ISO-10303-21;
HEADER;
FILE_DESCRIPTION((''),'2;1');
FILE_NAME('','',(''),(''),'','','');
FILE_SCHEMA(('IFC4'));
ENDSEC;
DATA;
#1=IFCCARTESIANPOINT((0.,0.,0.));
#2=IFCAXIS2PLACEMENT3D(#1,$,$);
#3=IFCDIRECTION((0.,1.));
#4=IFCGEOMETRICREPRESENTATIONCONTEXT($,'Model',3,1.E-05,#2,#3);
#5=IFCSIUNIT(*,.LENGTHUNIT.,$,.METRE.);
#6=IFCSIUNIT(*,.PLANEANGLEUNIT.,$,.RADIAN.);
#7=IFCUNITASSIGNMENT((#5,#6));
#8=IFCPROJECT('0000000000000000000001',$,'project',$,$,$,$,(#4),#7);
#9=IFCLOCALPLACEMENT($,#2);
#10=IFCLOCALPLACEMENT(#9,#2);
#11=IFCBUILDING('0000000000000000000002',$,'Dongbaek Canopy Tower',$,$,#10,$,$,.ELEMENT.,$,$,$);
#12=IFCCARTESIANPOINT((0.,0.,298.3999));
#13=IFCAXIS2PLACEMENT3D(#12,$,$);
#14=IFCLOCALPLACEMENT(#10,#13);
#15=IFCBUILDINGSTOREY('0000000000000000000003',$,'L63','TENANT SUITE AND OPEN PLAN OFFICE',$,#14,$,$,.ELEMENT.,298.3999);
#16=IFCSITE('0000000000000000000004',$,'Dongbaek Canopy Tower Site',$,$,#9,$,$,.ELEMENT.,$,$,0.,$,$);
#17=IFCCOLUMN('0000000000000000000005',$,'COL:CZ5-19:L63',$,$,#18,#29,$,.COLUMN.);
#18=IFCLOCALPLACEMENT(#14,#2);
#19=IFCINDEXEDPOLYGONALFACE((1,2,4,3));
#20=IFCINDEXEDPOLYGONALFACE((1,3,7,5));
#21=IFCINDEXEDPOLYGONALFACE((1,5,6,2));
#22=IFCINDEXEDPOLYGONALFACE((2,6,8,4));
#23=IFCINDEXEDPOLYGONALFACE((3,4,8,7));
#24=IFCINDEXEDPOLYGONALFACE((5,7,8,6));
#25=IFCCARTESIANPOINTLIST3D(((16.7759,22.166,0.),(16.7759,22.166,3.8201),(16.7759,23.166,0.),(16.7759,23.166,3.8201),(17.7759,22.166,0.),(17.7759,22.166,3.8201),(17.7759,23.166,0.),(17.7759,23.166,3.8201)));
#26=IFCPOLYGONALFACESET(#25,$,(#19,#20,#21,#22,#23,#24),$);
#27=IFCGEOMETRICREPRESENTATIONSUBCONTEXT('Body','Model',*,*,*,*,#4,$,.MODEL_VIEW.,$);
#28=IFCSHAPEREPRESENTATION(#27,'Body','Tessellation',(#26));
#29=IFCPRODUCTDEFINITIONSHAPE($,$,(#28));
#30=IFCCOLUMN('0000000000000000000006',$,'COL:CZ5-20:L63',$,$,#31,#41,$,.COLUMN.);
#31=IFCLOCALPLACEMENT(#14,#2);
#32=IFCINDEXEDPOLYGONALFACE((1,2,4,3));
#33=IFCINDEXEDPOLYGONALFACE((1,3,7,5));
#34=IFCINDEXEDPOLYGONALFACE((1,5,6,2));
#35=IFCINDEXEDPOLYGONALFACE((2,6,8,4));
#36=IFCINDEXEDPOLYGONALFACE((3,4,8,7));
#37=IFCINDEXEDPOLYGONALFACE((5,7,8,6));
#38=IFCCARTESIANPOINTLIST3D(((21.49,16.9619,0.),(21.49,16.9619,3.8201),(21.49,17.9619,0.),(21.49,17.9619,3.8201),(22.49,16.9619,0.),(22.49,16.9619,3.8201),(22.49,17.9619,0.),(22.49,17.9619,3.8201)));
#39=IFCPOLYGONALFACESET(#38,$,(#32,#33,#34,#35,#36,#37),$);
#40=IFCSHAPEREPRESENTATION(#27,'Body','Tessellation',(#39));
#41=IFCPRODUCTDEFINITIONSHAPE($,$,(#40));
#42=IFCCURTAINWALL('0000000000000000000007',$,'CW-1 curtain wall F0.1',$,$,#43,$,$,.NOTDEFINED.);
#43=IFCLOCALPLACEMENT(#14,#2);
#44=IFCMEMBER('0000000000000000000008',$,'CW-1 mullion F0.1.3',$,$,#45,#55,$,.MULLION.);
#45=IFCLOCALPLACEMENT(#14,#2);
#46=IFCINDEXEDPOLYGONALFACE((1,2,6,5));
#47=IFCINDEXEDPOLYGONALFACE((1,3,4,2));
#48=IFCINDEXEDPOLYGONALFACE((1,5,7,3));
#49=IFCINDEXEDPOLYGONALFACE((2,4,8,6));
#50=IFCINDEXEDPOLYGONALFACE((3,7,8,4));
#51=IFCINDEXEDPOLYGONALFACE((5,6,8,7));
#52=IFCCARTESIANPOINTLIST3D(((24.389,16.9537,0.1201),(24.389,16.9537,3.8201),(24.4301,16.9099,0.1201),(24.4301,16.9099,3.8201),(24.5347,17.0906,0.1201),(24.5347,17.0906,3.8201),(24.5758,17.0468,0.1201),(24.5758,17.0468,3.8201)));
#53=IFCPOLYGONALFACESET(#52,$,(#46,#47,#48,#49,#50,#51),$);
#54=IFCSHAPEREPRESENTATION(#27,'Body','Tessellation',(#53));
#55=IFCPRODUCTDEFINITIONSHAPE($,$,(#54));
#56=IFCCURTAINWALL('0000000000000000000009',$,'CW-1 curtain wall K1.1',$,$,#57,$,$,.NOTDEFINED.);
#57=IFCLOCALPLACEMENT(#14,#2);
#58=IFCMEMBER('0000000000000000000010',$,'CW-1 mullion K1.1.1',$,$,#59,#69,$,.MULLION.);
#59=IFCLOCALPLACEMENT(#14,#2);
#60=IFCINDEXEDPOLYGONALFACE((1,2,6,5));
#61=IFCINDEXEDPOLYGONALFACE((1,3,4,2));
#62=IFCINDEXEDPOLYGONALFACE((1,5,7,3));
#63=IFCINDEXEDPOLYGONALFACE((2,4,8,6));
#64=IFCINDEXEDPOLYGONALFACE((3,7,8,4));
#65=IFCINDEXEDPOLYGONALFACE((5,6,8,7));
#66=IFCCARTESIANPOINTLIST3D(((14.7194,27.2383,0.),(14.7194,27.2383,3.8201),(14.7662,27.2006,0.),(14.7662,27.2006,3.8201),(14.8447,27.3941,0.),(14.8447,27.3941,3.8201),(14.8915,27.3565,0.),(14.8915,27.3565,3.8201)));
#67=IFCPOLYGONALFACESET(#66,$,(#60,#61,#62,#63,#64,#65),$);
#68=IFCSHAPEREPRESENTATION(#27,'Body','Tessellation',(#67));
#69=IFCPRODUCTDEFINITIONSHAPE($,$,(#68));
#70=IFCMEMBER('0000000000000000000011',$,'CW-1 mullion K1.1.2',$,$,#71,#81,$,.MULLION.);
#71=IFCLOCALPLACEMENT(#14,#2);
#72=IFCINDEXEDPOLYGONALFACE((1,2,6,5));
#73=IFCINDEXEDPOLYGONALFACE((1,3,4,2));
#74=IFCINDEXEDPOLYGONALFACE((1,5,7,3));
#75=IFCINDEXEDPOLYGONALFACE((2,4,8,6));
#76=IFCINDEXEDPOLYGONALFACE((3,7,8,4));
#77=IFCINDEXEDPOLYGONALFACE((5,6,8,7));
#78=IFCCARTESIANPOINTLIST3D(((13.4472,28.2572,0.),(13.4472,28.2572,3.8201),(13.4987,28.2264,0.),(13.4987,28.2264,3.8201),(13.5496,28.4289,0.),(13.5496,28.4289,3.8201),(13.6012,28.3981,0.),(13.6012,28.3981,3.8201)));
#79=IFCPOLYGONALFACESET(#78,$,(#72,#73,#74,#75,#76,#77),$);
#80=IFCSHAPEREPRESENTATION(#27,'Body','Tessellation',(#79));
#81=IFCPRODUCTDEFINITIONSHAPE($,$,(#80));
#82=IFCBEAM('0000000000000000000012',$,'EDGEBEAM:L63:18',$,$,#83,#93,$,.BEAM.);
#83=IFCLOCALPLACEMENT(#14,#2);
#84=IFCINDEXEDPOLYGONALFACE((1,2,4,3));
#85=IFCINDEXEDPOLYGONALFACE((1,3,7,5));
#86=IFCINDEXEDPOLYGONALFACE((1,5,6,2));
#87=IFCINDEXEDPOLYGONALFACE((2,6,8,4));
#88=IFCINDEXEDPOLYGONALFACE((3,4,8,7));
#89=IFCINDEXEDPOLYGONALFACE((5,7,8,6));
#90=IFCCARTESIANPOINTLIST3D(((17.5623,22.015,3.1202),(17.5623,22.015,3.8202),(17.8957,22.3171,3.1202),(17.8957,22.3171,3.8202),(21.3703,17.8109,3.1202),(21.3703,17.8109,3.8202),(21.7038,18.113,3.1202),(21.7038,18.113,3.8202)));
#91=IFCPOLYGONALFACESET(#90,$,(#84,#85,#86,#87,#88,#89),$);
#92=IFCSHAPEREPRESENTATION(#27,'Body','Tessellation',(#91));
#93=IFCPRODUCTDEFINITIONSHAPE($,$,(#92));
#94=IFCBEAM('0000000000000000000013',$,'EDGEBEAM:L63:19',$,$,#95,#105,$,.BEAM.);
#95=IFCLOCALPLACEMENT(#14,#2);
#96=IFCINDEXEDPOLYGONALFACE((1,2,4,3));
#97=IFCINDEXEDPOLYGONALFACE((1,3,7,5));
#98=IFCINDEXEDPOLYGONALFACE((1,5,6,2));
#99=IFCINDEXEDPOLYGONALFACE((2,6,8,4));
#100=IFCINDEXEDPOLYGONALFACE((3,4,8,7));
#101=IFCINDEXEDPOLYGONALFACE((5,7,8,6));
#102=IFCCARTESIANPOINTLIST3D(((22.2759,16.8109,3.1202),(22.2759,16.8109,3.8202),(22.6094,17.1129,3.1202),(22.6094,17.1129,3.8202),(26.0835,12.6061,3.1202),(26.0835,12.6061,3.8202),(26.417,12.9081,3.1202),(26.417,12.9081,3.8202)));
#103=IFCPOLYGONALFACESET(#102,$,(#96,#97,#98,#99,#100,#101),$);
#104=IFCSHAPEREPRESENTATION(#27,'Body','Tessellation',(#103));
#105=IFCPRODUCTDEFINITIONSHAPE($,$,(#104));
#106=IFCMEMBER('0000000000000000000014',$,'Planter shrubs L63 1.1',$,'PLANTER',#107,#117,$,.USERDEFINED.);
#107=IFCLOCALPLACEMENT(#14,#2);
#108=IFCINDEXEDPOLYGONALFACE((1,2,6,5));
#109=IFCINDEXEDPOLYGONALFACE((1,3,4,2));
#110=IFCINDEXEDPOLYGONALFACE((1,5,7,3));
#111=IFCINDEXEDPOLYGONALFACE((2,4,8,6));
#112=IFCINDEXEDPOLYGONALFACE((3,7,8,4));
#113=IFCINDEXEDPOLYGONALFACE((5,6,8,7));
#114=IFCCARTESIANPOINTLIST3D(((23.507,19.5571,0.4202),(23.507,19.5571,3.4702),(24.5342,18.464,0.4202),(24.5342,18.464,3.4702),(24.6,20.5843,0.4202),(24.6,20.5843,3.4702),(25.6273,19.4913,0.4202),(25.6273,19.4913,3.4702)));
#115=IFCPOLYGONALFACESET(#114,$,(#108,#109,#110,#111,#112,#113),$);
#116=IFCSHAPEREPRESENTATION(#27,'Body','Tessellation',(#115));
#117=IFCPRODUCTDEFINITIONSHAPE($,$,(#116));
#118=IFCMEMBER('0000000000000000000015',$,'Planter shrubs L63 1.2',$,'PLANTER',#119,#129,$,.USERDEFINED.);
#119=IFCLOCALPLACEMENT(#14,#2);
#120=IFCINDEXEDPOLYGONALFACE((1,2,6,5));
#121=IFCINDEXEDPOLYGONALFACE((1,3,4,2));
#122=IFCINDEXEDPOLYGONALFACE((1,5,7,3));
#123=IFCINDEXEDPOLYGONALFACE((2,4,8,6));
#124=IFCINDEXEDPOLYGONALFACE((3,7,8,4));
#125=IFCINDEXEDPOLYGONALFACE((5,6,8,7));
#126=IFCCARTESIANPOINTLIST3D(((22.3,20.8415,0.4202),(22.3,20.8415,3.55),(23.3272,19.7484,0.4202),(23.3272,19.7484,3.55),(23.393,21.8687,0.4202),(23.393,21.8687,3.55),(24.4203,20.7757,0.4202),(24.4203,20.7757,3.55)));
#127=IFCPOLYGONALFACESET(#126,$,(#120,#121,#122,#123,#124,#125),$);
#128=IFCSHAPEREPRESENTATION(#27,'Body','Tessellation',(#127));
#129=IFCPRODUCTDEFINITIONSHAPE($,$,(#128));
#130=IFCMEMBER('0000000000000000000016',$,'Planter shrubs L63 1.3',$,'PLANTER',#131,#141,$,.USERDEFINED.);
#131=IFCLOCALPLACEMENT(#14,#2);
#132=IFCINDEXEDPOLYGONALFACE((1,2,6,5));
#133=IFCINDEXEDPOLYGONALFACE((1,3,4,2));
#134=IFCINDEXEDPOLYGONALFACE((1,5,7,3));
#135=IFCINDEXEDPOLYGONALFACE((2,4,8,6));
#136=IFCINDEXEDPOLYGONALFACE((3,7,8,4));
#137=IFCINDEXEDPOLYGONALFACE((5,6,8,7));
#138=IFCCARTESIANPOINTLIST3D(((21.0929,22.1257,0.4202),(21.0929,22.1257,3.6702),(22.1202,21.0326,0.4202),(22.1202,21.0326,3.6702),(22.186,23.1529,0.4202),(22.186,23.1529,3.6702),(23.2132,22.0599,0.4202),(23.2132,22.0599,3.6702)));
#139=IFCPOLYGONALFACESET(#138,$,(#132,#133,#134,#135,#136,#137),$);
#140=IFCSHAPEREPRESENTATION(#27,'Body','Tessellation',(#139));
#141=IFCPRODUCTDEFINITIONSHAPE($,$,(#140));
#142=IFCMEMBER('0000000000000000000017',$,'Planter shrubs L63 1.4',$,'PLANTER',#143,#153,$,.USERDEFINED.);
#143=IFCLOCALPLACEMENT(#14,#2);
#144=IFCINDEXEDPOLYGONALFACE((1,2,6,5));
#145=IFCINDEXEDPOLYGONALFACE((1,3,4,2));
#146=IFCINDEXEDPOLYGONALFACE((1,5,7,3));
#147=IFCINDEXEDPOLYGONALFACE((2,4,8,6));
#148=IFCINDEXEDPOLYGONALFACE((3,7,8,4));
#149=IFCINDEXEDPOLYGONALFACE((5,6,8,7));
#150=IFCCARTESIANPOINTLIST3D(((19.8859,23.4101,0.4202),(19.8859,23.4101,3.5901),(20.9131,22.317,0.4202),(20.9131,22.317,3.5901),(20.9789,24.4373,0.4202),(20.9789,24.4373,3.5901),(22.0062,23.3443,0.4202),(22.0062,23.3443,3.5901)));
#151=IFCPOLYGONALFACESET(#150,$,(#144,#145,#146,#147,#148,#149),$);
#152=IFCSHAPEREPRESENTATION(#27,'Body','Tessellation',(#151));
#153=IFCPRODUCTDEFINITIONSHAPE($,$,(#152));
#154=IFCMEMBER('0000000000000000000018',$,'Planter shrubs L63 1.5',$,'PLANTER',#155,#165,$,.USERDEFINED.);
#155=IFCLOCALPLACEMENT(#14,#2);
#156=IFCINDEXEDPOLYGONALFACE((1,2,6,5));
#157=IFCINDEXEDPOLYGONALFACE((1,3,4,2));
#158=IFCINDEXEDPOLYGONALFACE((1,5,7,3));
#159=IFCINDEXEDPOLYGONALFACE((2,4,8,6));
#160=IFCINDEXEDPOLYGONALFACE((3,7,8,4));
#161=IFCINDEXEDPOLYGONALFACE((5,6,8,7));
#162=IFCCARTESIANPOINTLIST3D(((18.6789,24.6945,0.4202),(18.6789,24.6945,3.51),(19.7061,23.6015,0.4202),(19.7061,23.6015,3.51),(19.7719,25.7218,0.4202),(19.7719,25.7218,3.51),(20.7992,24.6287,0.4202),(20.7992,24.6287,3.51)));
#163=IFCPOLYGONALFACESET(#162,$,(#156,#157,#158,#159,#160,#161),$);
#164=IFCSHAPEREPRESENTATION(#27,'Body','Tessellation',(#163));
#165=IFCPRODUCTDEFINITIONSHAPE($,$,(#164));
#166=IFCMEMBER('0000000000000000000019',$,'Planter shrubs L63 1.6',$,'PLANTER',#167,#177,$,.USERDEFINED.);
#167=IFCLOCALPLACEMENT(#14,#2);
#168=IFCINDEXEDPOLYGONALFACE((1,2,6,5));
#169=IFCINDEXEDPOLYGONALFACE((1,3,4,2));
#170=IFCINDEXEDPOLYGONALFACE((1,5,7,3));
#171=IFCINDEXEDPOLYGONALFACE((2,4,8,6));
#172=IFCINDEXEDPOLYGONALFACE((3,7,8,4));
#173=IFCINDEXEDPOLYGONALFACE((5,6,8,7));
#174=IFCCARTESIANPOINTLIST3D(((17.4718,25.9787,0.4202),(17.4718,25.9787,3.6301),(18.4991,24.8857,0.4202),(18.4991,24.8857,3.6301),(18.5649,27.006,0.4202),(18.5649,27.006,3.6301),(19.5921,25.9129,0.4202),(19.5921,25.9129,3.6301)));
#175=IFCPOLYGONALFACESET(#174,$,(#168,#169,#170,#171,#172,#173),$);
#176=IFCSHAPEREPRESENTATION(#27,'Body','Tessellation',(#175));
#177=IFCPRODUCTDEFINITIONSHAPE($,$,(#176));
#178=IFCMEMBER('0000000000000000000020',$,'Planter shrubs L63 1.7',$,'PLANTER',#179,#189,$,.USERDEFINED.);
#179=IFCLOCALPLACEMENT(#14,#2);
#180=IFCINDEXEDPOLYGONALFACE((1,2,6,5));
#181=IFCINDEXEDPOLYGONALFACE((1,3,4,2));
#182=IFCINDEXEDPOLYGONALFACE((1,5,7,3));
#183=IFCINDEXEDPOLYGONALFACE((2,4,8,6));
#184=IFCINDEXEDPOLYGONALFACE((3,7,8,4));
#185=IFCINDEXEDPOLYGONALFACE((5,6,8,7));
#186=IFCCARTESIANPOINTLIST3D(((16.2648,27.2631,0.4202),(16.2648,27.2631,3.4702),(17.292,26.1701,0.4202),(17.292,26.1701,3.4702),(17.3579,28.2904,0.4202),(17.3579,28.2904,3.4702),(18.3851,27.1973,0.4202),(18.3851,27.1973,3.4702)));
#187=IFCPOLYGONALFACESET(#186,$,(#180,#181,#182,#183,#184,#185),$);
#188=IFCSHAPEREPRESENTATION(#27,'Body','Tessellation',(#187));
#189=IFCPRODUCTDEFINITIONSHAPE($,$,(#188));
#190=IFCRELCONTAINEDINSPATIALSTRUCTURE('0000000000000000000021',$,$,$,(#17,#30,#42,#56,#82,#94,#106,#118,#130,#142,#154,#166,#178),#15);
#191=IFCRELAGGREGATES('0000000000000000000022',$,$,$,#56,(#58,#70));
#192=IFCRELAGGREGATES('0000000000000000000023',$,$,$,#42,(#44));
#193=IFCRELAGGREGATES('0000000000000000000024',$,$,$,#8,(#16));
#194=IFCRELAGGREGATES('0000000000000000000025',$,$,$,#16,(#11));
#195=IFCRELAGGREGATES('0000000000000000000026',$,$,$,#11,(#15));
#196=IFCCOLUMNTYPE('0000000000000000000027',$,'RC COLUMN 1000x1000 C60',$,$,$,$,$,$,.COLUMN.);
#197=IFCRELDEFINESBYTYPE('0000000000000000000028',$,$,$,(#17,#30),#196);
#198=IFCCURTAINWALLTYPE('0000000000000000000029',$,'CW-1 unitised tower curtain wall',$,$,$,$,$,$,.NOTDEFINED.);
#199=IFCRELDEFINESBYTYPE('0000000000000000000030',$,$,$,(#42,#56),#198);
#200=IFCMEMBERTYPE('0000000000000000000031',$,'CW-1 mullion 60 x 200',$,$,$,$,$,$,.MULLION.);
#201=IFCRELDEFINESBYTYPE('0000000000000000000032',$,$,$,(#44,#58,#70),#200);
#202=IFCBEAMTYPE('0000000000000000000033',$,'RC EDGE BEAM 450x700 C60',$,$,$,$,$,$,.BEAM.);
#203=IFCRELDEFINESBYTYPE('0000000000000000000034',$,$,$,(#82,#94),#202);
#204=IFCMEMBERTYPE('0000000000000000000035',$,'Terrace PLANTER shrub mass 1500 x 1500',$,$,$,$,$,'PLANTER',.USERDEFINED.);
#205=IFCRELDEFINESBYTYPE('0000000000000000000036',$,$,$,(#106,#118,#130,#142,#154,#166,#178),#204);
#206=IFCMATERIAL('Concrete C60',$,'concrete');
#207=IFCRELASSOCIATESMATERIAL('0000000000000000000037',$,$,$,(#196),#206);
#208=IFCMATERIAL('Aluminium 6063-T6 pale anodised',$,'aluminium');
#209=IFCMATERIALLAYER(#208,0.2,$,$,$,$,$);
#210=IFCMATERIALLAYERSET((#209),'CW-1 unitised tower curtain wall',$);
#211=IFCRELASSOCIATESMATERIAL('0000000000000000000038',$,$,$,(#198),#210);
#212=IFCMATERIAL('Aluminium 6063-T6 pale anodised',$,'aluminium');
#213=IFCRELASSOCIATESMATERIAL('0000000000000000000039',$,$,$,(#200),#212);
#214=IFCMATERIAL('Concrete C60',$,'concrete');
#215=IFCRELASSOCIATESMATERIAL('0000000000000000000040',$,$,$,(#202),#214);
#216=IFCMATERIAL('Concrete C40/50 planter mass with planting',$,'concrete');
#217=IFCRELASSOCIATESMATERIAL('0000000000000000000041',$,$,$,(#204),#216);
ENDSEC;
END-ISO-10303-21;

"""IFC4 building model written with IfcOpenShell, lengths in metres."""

from ifc_helpers import new_model, si_unit, direction, frame, origin, origin_2d, place, context, subcontext, project, spatial, rectangle, extrude, material, layer, layer_set, material_profile, profile_set, type_object, element, aggregate, save


model = new_model("IFC4")

# Units and contexts
model_context = context("Model", 3, precision=1e-05, world=origin(), true_north=direction((0.0, 1.0)))
body_context = subcontext(model_context, "Body", "Model", "MODEL_VIEW")
ifc_project = project(units=[si_unit("LENGTHUNIT", "METRE"), si_unit("PLANEANGLEUNIT", "RADIAN")], contexts=[model_context])

# Site, building, storey
site_placement = place(None, origin())
site = spatial("IfcSite", under=ifc_project, at=site_placement, Name="Dongbaek Canopy Tower Site", CompositionType="ELEMENT", RefElevation=0.0)
building_placement = place(site_placement, origin())
building = spatial("IfcBuilding", under=site, at=building_placement, Name="Dongbaek Canopy Tower", CompositionType="ELEMENT")
storey_placement = place(building_placement, frame((0.0, 0.0, 298.3999)))
storey = spatial("IfcBuildingStorey", under=building, at=storey_placement, Name="L63", Description="TENANT SUITE AND OPEN PLAN OFFICE", CompositionType="ELEMENT", Elevation=298.3999)

# Columns
ifc_material_1 = material(Name="Concrete C60", Category="concrete")
ifc_material_profile_1 = material_profile(ifc_material_1, rectangle(XDim=1.0, YDim=1.0, at=origin_2d()), Name="RC COLUMN 1000x1000 C60")
ifc_profile_set_1 = profile_set([ifc_material_profile_1], Name="Concrete C60")
column_type = type_object("IfcColumnType", Name="RC COLUMN 1000x1000 C60", PredefinedType="COLUMN", material=ifc_profile_set_1)
for number, where, z_axis, x_axis, name in (
    (1, (17.2759, 22.666, 0.0), (0.0, 0.0, 1.0), (1.0, 0.0, 0.0), "COL:CZ5-19:L63"),
    (2, (21.99, 17.4619, 0.0), (0.0, 0.0, 1.0), (1.0, 0.0, 0.0), "COL:CZ5-20:L63"),
):
    element("IfcColumn", number, at=place(storey_placement, frame(where, z_axis=z_axis, x_axis=x_axis)), inside=storey, type_object=column_type, Name=name, PredefinedType="COLUMN", context=body_context, shape_type="SweptSolid", body=[
        extrude(rectangle(XDim=1.0, YDim=1.0, at=origin_2d()), origin(), (0.0, 0.0, 1.0), 3.8201),
    ])

# Curtain wall, member
ifc_material_2 = material(Name="Aluminium 6063-T6 pale anodised", Category="aluminium")
ifc_layer_1 = layer(ifc_material_2, 0.2)
ifc_layer_set_1 = layer_set([ifc_layer_1], Name="CW-1 unitised tower curtain wall")
curtain_wall_type = type_object("IfcCurtainWallType", Name="CW-1 unitised tower curtain wall", PredefinedType="NOTDEFINED", material=ifc_layer_set_1)
curtain_wall_1_placement = place(storey_placement, origin())
curtain_wall_1 = element("IfcCurtainWall", 3, at=curtain_wall_1_placement, inside=storey, type_object=curtain_wall_type, Name="CW-1 curtain wall F0.1", PredefinedType="NOTDEFINED")
ifc_material_3 = material(Name="Aluminium 6063-T6 pale anodised", Category="aluminium")
ifc_material_profile_2 = material_profile(ifc_material_3, rectangle(XDim=0.2, YDim=0.0601, at=origin_2d()), Name="CW-1 mullion 60 x 200")
ifc_profile_set_2 = profile_set([ifc_material_profile_2], Name="Aluminium 6063-T6 pale anodised")
member_type_1 = type_object("IfcMemberType", Name="CW-1 mullion 60 x 200", PredefinedType="MULLION", material=ifc_profile_set_2)
member_1_placement = place(storey_placement, frame((24.4824, 17.0002, 0.1201), z_axis=(0.0, 0.0, 1.0), x_axis=(0.728702, 0.684831, 0.0)))
member_1 = element("IfcMember", 4, at=member_1_placement, type_object=member_type_1, Name="CW-1 mullion F0.1.3", PredefinedType="MULLION", context=body_context, shape_type="SweptSolid", body=[
    extrude(rectangle(XDim=0.2, YDim=0.0601, at=origin_2d()), origin(), (0.0, 0.0, 1.0), 3.7),
])

# Curtain wall, members
curtain_wall_2_placement = place(storey_placement, origin())
curtain_wall_2 = element("IfcCurtainWall", 5, at=curtain_wall_2_placement, inside=storey, type_object=curtain_wall_type, Name="CW-1 curtain wall K1.1", PredefinedType="NOTDEFINED")
member_2_placement = place(storey_placement, frame((14.8054, 27.2974, 0.0), z_axis=(0.0, 0.0, 1.0), x_axis=(0.626616, 0.779328, 0.0)))
member_2 = element("IfcMember", 6, at=member_2_placement, type_object=member_type_1, Name="CW-1 mullion K1.1.1", PredefinedType="MULLION", context=body_context, shape_type="SweptSolid", body=[
    extrude(rectangle(XDim=0.2, YDim=0.0601, at=origin_2d()), origin(), (0.0, 0.0, 1.0), 3.8201),
])
member_3_placement = place(storey_placement, frame((13.5242, 28.3276, 0.0), z_axis=(0.0, 0.0, 1.0), x_axis=(0.512404, 0.858745, 0.0)))
member_3 = element("IfcMember", 7, at=member_3_placement, type_object=member_type_1, Name="CW-1 mullion K1.1.2", PredefinedType="MULLION", context=body_context, shape_type="SweptSolid", body=[
    extrude(rectangle(XDim=0.2, YDim=0.0601, at=origin_2d()), origin(), (0.0, 0.0, 1.0), 3.8201),
])

# Beams
ifc_material_4 = material(Name="Concrete C60", Category="concrete")
ifc_material_profile_3 = material_profile(ifc_material_4, rectangle(XDim=0.45, YDim=0.7, at=origin_2d()), Name="RC EDGE BEAM 450x700 C60")
ifc_profile_set_3 = profile_set([ifc_material_profile_3], Name="Concrete C60")
beam_type = type_object("IfcBeamType", Name="RC EDGE BEAM 450x700 C60", PredefinedType="BEAM", material=ifc_profile_set_3)
beam_1_placement = place(storey_placement, frame((17.729, 22.166, 3.4702), z_axis=(0.671339, -0.74115, 0.0), x_axis=(0.74115, 0.671339, 0.0)))
element("IfcBeam", 8, at=beam_1_placement, inside=storey, type_object=beam_type, Name="EDGEBEAM:L63:18", PredefinedType="BEAM", context=body_context, shape_type="SweptSolid", body=[
    extrude(rectangle(XDim=0.45, YDim=0.7, at=origin_2d()), origin(), (0.0, 0.0, 1.0), 5.6724),
])
beam_2_placement = place(storey_placement, frame((22.4426, 16.9619, 3.4702), z_axis=(0.671228, -0.741251, 0.0), x_axis=(0.741251, 0.671228, 0.0)))
element("IfcBeam", 9, at=beam_2_placement, inside=storey, type_object=beam_type, Name="EDGEBEAM:L63:19", PredefinedType="BEAM", context=body_context, shape_type="SweptSolid", body=[
    extrude(rectangle(XDim=0.45, YDim=0.7, at=origin_2d()), origin(), (0.0, 0.0, 1.0), 5.6726),
])

# Members
ifc_material_5 = material(Name="Concrete C40/50 planter mass with planting", Category="concrete")
ifc_material_profile_4 = material_profile(ifc_material_5, rectangle(XDim=1.5, YDim=1.5, at=origin_2d()), Name="Terrace PLANTER shrub mass 1500 x 1500")
ifc_profile_set_4 = profile_set([ifc_material_profile_4], Name="Concrete C40/50 planter mass with planting")
member_type_2 = type_object("IfcMemberType", Name="Terrace PLANTER shrub mass 1500 x 1500", ElementType="PLANTER", PredefinedType="USERDEFINED", material=ifc_profile_set_4)
member_4_placement = place(storey_placement, frame((24.5671, 19.5242, 0.4202), z_axis=(0.0, 0.0, 1.0), x_axis=(0.728702, 0.684831, 0.0)))
element("IfcMember", 10, at=member_4_placement, inside=storey, type_object=member_type_2, Name="Planter shrubs L63 1.1", ObjectType="PLANTER", PredefinedType="USERDEFINED", context=body_context, shape_type="SweptSolid", body=[
    extrude(rectangle(XDim=1.5, YDim=1.5, at=origin_2d()), origin(), (0.0, 0.0, 1.0), 3.05),
])
member_5_placement = place(storey_placement, frame((23.3601, 20.8086, 0.4202), z_axis=(0.0, 0.0, 1.0), x_axis=(0.728702, 0.684831, 0.0)))
element("IfcMember", 11, at=member_5_placement, inside=storey, type_object=member_type_2, Name="Planter shrubs L63 1.2", ObjectType="PLANTER", PredefinedType="USERDEFINED", context=body_context, shape_type="SweptSolid", body=[
    extrude(rectangle(XDim=1.5, YDim=1.5, at=origin_2d()), origin(), (0.0, 0.0, 1.0), 3.1299),
])
member_6_placement = place(storey_placement, frame((22.1531, 22.0928, 0.4202), z_axis=(0.0, 0.0, 1.0), x_axis=(0.728702, 0.684831, 0.0)))
element("IfcMember", 12, at=member_6_placement, inside=storey, type_object=member_type_2, Name="Planter shrubs L63 1.3", ObjectType="PLANTER", PredefinedType="USERDEFINED", context=body_context, shape_type="SweptSolid", body=[
    extrude(rectangle(XDim=1.5, YDim=1.5, at=origin_2d()), origin(), (0.0, 0.0, 1.0), 3.25),
])
member_7_placement = place(storey_placement, frame((20.946, 23.3772, 0.4202), z_axis=(0.0, 0.0, 1.0), x_axis=(0.728702, 0.684831, 0.0)))
element("IfcMember", 13, at=member_7_placement, inside=storey, type_object=member_type_2, Name="Planter shrubs L63 1.4", ObjectType="PLANTER", PredefinedType="USERDEFINED", context=body_context, shape_type="SweptSolid", body=[
    extrude(rectangle(XDim=1.5, YDim=1.5, at=origin_2d()), origin(), (0.0, 0.0, 1.0), 3.1699),
])
member_8_placement = place(storey_placement, frame((19.739, 24.6616, 0.4202), z_axis=(0.0, 0.0, 1.0), x_axis=(0.728702, 0.684831, 0.0)))
element("IfcMember", 14, at=member_8_placement, inside=storey, type_object=member_type_2, Name="Planter shrubs L63 1.5", ObjectType="PLANTER", PredefinedType="USERDEFINED", context=body_context, shape_type="SweptSolid", body=[
    extrude(rectangle(XDim=1.5, YDim=1.5, at=origin_2d()), origin(), (0.0, 0.0, 1.0), 3.0898),
])
member_9_placement = place(storey_placement, frame((18.532, 25.9458, 0.4202), z_axis=(0.0, 0.0, 1.0), x_axis=(0.728702, 0.684831, 0.0)))
element("IfcMember", 15, at=member_9_placement, inside=storey, type_object=member_type_2, Name="Planter shrubs L63 1.6", ObjectType="PLANTER", PredefinedType="USERDEFINED", context=body_context, shape_type="SweptSolid", body=[
    extrude(rectangle(XDim=1.5, YDim=1.5, at=origin_2d()), origin(), (0.0, 0.0, 1.0), 3.21),
])
member_10_placement = place(storey_placement, frame((17.325, 27.2302, 0.4202), z_axis=(0.0, 0.0, 1.0), x_axis=(0.728702, 0.684831, 0.0)))
element("IfcMember", 16, at=member_10_placement, inside=storey, type_object=member_type_2, Name="Planter shrubs L63 1.7", ObjectType="PLANTER", PredefinedType="USERDEFINED", context=body_context, shape_type="SweptSolid", body=[
    extrude(rectangle(XDim=1.5, YDim=1.5, at=origin_2d()), origin(), (0.0, 0.0, 1.0), 3.05),
])

aggregate(curtain_wall_2, [member_2, member_3])

aggregate(curtain_wall_1, [member_1])

save(model, "model.ifc")
